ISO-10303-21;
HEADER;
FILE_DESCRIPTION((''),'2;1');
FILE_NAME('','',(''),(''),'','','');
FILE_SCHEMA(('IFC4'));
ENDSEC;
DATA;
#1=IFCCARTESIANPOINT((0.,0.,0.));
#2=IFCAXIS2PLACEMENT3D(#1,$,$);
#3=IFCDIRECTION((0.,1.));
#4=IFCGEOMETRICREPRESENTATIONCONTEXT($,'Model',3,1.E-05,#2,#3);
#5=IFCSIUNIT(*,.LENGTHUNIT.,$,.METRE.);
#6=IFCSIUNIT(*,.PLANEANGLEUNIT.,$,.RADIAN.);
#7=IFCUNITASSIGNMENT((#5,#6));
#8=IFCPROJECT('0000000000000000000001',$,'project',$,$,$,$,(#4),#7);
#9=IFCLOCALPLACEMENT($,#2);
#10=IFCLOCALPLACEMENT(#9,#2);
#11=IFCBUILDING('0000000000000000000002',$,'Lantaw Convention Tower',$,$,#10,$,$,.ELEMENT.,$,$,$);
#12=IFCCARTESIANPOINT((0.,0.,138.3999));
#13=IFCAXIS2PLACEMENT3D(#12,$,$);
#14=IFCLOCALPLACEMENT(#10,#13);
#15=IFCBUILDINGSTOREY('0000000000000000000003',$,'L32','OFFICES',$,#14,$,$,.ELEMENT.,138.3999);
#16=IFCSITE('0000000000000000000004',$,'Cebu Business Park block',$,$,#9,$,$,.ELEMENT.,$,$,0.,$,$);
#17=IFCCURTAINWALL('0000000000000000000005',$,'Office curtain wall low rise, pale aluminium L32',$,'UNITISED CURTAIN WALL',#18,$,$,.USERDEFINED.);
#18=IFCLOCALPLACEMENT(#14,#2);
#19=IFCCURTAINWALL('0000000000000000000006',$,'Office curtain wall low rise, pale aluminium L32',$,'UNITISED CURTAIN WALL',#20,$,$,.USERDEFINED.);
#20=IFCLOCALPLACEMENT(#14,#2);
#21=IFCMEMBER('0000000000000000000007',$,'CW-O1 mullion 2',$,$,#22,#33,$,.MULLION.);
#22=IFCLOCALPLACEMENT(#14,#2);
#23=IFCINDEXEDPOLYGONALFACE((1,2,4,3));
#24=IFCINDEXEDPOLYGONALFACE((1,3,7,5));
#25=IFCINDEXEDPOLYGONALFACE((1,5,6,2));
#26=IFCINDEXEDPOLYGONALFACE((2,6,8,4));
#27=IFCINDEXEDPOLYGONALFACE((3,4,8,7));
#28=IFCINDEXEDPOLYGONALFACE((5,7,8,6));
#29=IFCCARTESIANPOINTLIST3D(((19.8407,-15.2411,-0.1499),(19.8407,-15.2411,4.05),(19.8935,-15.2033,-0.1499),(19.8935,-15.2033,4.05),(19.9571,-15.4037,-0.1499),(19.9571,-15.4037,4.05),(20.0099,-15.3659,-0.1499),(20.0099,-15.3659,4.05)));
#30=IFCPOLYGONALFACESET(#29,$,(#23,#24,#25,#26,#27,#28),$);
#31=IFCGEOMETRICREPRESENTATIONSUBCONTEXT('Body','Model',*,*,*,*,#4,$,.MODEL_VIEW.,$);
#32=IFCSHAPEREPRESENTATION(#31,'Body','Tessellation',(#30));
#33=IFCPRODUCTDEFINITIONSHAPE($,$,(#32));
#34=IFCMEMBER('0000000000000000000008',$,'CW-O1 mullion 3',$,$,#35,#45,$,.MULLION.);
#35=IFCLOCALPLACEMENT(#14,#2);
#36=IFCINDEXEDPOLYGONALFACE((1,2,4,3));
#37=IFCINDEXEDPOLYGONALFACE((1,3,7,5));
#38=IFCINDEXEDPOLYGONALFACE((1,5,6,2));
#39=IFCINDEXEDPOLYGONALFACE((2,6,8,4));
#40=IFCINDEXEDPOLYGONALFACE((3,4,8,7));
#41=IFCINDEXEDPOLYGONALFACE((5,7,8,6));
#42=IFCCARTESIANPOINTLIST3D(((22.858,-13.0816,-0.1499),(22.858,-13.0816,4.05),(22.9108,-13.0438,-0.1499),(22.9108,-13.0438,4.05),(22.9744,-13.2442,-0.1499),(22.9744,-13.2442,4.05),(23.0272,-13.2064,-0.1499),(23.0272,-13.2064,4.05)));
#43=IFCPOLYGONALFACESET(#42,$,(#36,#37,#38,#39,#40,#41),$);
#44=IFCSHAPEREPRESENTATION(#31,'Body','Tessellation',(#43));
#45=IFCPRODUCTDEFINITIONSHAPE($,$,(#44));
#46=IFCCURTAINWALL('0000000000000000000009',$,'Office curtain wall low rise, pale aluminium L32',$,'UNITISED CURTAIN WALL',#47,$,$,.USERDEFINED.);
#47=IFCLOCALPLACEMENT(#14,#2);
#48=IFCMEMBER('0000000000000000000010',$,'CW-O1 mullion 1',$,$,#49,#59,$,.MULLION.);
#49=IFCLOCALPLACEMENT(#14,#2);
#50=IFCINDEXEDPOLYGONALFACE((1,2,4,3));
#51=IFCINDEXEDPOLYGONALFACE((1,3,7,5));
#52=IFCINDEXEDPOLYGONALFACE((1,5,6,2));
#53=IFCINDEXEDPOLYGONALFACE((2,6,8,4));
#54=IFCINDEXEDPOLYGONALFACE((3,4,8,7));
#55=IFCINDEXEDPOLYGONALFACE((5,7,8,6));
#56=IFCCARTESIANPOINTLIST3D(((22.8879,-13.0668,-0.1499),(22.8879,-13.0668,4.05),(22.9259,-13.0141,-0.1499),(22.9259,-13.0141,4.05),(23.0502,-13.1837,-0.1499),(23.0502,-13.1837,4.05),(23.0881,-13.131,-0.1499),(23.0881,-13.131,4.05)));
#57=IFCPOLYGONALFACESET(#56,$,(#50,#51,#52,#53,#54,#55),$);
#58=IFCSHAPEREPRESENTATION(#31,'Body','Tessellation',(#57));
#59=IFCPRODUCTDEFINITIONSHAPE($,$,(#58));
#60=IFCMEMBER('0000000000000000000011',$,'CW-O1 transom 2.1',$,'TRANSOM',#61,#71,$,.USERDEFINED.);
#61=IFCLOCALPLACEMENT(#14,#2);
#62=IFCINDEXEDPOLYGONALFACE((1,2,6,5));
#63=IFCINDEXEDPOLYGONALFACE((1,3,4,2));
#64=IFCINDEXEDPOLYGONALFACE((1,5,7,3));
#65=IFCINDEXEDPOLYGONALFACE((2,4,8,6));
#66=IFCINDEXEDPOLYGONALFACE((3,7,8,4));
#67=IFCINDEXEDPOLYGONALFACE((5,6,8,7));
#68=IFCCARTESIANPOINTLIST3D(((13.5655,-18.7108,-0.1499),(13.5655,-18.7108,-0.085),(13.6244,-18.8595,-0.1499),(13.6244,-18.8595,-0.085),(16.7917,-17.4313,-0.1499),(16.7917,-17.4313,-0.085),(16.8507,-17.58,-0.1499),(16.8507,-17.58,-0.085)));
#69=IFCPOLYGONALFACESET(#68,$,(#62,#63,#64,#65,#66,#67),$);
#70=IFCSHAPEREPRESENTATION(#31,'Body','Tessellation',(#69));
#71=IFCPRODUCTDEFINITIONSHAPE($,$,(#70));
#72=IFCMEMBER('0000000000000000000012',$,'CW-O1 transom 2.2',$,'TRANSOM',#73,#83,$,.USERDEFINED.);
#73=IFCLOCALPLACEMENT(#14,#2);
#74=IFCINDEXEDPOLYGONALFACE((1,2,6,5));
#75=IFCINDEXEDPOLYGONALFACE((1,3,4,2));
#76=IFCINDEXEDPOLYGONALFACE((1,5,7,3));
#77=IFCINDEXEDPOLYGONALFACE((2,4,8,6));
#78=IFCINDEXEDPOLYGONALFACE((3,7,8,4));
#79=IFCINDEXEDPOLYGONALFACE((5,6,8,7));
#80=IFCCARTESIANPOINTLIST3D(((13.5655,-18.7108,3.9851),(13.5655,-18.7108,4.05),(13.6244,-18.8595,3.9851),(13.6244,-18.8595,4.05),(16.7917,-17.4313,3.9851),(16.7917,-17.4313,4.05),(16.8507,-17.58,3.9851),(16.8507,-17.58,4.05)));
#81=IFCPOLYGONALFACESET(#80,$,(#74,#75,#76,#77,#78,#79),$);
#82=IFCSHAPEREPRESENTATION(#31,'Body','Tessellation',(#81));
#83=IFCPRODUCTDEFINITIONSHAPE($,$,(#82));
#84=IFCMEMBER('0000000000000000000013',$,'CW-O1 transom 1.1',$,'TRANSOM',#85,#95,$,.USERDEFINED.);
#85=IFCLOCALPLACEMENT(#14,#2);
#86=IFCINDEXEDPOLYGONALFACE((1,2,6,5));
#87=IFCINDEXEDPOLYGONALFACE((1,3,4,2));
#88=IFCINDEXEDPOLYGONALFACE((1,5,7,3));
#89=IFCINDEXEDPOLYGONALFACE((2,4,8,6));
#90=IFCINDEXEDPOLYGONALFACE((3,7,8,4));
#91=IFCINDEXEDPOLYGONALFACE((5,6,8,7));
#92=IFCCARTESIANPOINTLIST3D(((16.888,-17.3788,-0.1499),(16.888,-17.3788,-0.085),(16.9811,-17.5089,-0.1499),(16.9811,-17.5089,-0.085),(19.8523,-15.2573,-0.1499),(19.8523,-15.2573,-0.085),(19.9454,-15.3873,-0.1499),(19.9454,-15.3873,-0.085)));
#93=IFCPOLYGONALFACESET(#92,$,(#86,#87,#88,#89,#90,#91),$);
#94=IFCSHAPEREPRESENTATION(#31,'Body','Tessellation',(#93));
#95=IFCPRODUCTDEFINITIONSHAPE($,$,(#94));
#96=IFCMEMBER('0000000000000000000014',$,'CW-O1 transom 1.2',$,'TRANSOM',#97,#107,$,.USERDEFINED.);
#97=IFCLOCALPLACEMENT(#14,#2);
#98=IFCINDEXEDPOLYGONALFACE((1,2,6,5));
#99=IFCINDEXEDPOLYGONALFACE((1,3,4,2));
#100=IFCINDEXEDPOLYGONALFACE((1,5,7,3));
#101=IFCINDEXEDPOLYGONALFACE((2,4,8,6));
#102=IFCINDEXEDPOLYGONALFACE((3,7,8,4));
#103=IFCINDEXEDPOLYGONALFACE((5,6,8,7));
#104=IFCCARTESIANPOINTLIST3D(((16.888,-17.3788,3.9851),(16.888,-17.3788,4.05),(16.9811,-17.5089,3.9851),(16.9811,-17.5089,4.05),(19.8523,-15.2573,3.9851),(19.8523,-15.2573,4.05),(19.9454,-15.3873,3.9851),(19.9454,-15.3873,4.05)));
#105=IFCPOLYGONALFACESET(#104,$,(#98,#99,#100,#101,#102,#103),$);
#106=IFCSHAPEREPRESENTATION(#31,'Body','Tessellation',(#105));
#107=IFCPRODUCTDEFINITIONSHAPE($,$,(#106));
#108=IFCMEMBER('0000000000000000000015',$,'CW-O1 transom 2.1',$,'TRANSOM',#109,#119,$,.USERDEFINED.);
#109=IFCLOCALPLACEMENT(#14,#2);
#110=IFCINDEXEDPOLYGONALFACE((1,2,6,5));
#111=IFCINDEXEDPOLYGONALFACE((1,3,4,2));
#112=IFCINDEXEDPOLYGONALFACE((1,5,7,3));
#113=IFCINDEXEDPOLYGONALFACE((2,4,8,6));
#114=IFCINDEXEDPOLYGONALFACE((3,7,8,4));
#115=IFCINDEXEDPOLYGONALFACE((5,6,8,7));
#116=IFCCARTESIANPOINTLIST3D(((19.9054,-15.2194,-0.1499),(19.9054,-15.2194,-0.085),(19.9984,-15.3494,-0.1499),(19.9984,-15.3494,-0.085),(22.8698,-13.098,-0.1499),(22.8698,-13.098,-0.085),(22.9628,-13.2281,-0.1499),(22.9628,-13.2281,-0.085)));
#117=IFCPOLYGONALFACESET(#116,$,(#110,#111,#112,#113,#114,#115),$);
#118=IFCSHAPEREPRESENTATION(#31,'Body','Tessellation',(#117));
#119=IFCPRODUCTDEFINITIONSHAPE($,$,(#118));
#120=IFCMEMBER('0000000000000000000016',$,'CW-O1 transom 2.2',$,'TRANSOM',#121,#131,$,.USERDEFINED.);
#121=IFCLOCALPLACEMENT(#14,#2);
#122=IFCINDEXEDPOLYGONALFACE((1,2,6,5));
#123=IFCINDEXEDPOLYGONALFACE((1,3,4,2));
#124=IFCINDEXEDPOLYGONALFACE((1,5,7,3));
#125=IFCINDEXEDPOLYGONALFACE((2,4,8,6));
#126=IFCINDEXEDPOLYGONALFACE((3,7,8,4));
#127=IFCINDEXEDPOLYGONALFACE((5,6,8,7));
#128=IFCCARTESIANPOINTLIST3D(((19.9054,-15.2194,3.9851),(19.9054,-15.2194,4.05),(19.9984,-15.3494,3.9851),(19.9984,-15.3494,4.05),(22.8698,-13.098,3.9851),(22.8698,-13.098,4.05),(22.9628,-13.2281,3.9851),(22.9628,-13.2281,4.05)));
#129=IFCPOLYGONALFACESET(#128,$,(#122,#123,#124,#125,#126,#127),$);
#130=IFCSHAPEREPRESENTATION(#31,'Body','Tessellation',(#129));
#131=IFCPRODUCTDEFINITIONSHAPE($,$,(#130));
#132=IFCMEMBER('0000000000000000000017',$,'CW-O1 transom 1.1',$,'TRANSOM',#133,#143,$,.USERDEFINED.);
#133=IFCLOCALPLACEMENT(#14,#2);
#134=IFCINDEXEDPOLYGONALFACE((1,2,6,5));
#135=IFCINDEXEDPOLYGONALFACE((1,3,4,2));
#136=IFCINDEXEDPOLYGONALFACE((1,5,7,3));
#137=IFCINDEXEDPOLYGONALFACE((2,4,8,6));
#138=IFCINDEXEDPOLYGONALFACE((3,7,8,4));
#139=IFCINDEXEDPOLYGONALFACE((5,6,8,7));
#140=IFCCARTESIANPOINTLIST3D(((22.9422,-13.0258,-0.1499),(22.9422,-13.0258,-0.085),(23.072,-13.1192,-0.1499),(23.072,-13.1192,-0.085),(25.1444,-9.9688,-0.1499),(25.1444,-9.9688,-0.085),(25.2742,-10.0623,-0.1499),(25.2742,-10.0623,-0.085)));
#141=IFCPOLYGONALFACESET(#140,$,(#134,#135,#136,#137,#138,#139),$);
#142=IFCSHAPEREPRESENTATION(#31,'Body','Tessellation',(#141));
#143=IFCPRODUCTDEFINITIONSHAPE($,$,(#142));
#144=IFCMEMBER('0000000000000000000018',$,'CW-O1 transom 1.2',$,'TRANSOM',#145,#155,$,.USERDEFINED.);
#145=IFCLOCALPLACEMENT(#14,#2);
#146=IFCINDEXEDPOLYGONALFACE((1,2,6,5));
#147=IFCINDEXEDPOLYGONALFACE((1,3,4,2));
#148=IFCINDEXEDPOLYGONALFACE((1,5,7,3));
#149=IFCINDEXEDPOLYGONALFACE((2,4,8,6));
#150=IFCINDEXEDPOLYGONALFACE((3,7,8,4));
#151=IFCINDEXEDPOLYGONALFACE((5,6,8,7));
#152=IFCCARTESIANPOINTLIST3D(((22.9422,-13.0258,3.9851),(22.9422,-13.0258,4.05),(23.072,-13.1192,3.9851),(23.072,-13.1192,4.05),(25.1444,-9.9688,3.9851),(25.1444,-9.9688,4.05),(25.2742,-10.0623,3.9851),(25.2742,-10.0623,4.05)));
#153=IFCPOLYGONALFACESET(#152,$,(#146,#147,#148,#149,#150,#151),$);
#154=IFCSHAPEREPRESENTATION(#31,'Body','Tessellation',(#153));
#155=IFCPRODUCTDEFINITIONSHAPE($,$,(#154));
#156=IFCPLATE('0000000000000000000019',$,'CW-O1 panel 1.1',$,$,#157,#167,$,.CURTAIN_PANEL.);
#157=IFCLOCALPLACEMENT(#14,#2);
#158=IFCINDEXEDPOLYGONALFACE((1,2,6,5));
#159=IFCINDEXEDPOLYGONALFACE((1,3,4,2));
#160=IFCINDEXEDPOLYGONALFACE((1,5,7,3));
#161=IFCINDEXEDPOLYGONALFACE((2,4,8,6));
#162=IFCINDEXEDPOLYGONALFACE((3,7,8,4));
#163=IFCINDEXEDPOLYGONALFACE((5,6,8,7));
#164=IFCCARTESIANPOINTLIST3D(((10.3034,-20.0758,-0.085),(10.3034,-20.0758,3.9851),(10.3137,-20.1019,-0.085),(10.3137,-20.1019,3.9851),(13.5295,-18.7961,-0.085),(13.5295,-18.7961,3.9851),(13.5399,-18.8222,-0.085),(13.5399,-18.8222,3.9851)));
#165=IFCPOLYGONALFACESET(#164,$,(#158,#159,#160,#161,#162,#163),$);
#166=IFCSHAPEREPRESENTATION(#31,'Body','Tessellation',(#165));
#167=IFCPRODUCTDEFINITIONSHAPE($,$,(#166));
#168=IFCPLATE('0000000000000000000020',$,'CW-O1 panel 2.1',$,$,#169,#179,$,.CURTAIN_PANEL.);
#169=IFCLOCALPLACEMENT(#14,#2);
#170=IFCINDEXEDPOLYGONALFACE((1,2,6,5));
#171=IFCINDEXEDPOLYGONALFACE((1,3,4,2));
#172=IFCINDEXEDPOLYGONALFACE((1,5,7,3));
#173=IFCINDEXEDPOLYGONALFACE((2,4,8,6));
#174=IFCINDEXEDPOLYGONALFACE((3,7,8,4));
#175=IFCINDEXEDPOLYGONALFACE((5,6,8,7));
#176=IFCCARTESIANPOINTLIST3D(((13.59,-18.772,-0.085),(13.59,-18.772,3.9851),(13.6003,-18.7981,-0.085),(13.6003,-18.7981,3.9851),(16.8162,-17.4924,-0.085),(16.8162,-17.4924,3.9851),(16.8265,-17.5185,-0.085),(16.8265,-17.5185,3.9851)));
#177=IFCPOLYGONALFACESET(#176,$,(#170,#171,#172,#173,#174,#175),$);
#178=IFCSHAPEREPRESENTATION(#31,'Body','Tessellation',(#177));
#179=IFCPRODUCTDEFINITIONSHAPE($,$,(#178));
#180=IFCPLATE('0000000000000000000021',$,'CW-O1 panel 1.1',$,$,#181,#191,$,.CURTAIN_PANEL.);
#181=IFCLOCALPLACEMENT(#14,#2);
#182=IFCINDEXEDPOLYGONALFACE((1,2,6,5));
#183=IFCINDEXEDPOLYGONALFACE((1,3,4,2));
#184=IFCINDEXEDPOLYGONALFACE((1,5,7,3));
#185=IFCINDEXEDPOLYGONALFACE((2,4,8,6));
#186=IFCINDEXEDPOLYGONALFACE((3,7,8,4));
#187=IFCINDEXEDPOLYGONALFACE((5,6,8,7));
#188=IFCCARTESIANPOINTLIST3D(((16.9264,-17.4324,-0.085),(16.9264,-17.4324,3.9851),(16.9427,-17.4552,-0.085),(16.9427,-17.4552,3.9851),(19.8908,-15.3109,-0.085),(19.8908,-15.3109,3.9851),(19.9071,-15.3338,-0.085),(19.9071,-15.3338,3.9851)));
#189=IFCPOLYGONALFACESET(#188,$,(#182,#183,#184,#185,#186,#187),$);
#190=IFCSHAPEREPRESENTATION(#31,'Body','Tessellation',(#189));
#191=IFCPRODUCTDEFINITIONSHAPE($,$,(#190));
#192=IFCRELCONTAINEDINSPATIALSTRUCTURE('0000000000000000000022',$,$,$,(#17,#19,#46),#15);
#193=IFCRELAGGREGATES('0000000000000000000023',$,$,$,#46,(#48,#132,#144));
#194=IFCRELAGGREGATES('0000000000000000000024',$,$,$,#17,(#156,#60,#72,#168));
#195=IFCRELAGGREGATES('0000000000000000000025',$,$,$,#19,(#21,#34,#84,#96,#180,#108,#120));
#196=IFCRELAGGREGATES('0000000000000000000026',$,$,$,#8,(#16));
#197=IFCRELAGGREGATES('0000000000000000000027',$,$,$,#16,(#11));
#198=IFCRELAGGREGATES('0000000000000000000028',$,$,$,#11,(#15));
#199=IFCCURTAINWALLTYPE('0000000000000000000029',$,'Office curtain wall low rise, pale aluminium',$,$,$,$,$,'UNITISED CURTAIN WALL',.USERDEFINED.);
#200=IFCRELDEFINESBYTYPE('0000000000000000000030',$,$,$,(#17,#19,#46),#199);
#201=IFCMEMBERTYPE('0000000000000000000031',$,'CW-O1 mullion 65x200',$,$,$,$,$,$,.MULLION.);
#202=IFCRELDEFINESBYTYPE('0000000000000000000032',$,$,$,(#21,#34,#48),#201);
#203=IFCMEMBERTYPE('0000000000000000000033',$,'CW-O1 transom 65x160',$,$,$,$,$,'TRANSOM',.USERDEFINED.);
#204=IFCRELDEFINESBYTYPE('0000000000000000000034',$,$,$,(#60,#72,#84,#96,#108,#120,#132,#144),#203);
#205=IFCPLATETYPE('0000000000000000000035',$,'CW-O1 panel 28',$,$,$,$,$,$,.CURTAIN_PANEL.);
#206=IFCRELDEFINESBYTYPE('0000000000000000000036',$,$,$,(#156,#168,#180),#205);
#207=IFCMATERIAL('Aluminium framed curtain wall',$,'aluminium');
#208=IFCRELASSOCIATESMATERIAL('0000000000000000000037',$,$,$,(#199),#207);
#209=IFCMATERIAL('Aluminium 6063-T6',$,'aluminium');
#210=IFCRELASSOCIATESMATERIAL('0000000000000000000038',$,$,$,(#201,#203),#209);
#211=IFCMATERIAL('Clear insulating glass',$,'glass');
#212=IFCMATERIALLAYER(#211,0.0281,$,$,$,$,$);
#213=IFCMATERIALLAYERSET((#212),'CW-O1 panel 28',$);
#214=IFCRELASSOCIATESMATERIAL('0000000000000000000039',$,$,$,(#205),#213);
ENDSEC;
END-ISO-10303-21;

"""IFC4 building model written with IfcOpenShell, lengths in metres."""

from ifc_helpers import new_model, si_unit, direction, frame, origin, origin_2d, place, context, subcontext, project, spatial, rectangle, extrude, material, layer, layer_set, material_profile, profile_set, type_object, element, aggregate, save


model = new_model("IFC4")

# Units and contexts
model_context = context("Model", 3, precision=1e-05, world=origin(), true_north=direction((0.0, 1.0)))
body_context = subcontext(model_context, "Body", "Model", "MODEL_VIEW")
ifc_project = project(units=[si_unit("LENGTHUNIT", "METRE"), si_unit("PLANEANGLEUNIT", "RADIAN")], contexts=[model_context])

# Site, building, storey
site_placement = place(None, origin())
site = spatial("IfcSite", under=ifc_project, at=site_placement, Name="Cebu Business Park block", CompositionType="ELEMENT", RefElevation=0.0)
building_placement = place(site_placement, origin())
building = spatial("IfcBuilding", under=site, at=building_placement, Name="Lantaw Convention Tower", CompositionType="ELEMENT")
storey_placement = place(building_placement, frame((0.0, 0.0, 138.3999)))
storey = spatial("IfcBuildingStorey", under=building, at=storey_placement, Name="L32", Description="OFFICES", CompositionType="ELEMENT", Elevation=138.3999)

# Curtain walls, members
ifc_material_1 = material(Name="Aluminium framed curtain wall", Category="aluminium")
curtain_wall_type = type_object("IfcCurtainWallType", Name="Office curtain wall low rise, pale aluminium", ElementType="UNITISED CURTAIN WALL", PredefinedType="USERDEFINED", material=ifc_material_1)
curtain_wall_1_placement = place(storey_placement, origin())
curtain_wall_1 = element("IfcCurtainWall", 1, at=curtain_wall_1_placement, inside=storey, type_object=curtain_wall_type, Name="Office curtain wall low rise, pale aluminium L32", ObjectType="UNITISED CURTAIN WALL", PredefinedType="USERDEFINED")
ifc_material_2 = material(Name="Aluminium 6063-T6", Category="aluminium")
ifc_material_profile_1 = material_profile(ifc_material_2, rectangle(XDim=0.2, YDim=0.0649, at=origin_2d()), Name="CW-O1 mullion 65x200")
ifc_profile_set_1 = profile_set([ifc_material_profile_1], Name="Aluminium 6063-T6")
member_type_1 = type_object("IfcMemberType", Name="CW-O1 mullion 65x200", PredefinedType="MULLION", material=ifc_profile_set_1)
curtain_wall_2_placement = place(storey_placement, origin())
curtain_wall_2 = element("IfcCurtainWall", 2, at=curtain_wall_2_placement, inside=storey, type_object=curtain_wall_type, Name="Office curtain wall low rise, pale aluminium L32", ObjectType="UNITISED CURTAIN WALL", PredefinedType="USERDEFINED")
member_1_placement = place(storey_placement, frame((19.9253, -15.3035, -0.1499), z_axis=(0.0, 0.0, 1.0), x_axis=(-0.581973, 0.813208, 0.0)))
member_1 = element("IfcMember", 3, at=member_1_placement, type_object=member_type_1, Name="CW-O1 mullion 2", PredefinedType="MULLION", context=body_context, shape_type="SweptSolid", body=[
    extrude(rectangle(XDim=0.2, YDim=0.0649, at=origin_2d()), origin(), (0.0, 0.0, 1.0), 4.2),
])
member_2_placement = place(storey_placement, frame((22.9426, -13.144, -0.1499), z_axis=(0.0, 0.0, 1.0), x_axis=(-0.581973, 0.813208, 0.0)))
member_2 = element("IfcMember", 4, at=member_2_placement, type_object=member_type_1, Name="CW-O1 mullion 3", PredefinedType="MULLION", context=body_context, shape_type="SweptSolid", body=[
    extrude(rectangle(XDim=0.2, YDim=0.0649, at=origin_2d()), origin(), (0.0, 0.0, 1.0), 4.2),
])

# Curtain wall, member
curtain_wall_3_placement = place(storey_placement, origin())
curtain_wall_3 = element("IfcCurtainWall", 5, at=curtain_wall_3_placement, inside=storey, type_object=curtain_wall_type, Name="Office curtain wall low rise, pale aluminium L32", ObjectType="UNITISED CURTAIN WALL", PredefinedType="USERDEFINED")
member_3_placement = place(storey_placement, frame((22.988, -13.0989, -0.1499), z_axis=(0.0, 0.0, 1.0), x_axis=(-0.811385, 0.584513, 0.0)))
member_3 = element("IfcMember", 6, at=member_3_placement, type_object=member_type_1, Name="CW-O1 mullion 1", PredefinedType="MULLION", context=body_context, shape_type="SweptSolid", body=[
    extrude(rectangle(XDim=0.2, YDim=0.0649, at=origin_2d()), origin(), (0.0, 0.0, 1.0), 4.2),
])

# Members
ifc_material_profile_2 = material_profile(ifc_material_2, rectangle(XDim=0.1599, YDim=0.0649, at=origin_2d()), Name="CW-O1 transom 65x160")
ifc_profile_set_2 = profile_set([ifc_material_profile_2], Name="Aluminium 6063-T6")
member_type_2 = type_object("IfcMemberType", Name="CW-O1 transom 65x160", ElementType="TRANSOM", PredefinedType="USERDEFINED", material=ifc_profile_set_2)
member_4_placement = place(storey_placement, frame((13.595, -18.7852, -0.1174), z_axis=(0.929564, 0.36866, 0.0), x_axis=(-0.36866, 0.929564, 0.0)))
member_4 = element("IfcMember", 7, at=member_4_placement, type_object=member_type_2, Name="CW-O1 transom 2.1", ObjectType="TRANSOM", PredefinedType="USERDEFINED", context=body_context, shape_type="SweptSolid", body=[
    extrude(rectangle(XDim=0.1599, YDim=0.0649, at=origin_2d()), origin(), (0.0, 0.0, 1.0), 3.4707),
])
member_5_placement = place(storey_placement, frame((13.595, -18.7852, 4.0176), z_axis=(0.929564, 0.36866, 0.0), x_axis=(-0.36866, 0.929564, 0.0)))
member_5 = element("IfcMember", 8, at=member_5_placement, type_object=member_type_2, Name="CW-O1 transom 2.2", ObjectType="TRANSOM", PredefinedType="USERDEFINED", context=body_context, shape_type="SweptSolid", body=[
    extrude(rectangle(XDim=0.1599, YDim=0.0649, at=origin_2d()), origin(), (0.0, 0.0, 1.0), 3.4707),
])
member_6_placement = place(storey_placement, frame((16.9346, -17.4438, -0.1174), z_axis=(0.81319, 0.581998, 0.0), x_axis=(-0.581998, 0.81319, 0.0)))
member_6 = element("IfcMember", 9, at=member_6_placement, type_object=member_type_2, Name="CW-O1 transom 1.1", ObjectType="TRANSOM", PredefinedType="USERDEFINED", context=body_context, shape_type="SweptSolid", body=[
    extrude(rectangle(XDim=0.1599, YDim=0.0649, at=origin_2d()), origin(), (0.0, 0.0, 1.0), 3.6453),
])
member_7_placement = place(storey_placement, frame((16.9346, -17.4438, 4.0176), z_axis=(0.81319, 0.581998, 0.0), x_axis=(-0.581998, 0.81319, 0.0)))
member_7 = element("IfcMember", 10, at=member_7_placement, type_object=member_type_2, Name="CW-O1 transom 1.2", ObjectType="TRANSOM", PredefinedType="USERDEFINED", context=body_context, shape_type="SweptSolid", body=[
    extrude(rectangle(XDim=0.1599, YDim=0.0649, at=origin_2d()), origin(), (0.0, 0.0, 1.0), 3.6453),
])
member_8_placement = place(storey_placement, frame((19.9519, -15.2844, -0.1174), z_axis=(0.813222, 0.581954, 0.0), x_axis=(-0.581954, 0.813222, 0.0)))
member_8 = element("IfcMember", 11, at=member_8_placement, type_object=member_type_2, Name="CW-O1 transom 2.1", ObjectType="TRANSOM", PredefinedType="USERDEFINED", context=body_context, shape_type="SweptSolid", body=[
    extrude(rectangle(XDim=0.1599, YDim=0.0649, at=origin_2d()), origin(), (0.0, 0.0, 1.0), 3.6453),
])
member_9_placement = place(storey_placement, frame((19.9519, -15.2844, 4.0176), z_axis=(0.813222, 0.581954, 0.0), x_axis=(-0.581954, 0.813222, 0.0)))
member_9 = element("IfcMember", 12, at=member_9_placement, type_object=member_type_2, Name="CW-O1 transom 2.2", ObjectType="TRANSOM", PredefinedType="USERDEFINED", context=body_context, shape_type="SweptSolid", body=[
    extrude(rectangle(XDim=0.1599, YDim=0.0649, at=origin_2d()), origin(), (0.0, 0.0, 1.0), 3.6453),
])
member_10_placement = place(storey_placement, frame((23.0071, -13.0725, -0.1174), z_axis=(0.584513, 0.811384, 0.0), x_axis=(-0.811384, 0.584513, 0.0)))
member_10 = element("IfcMember", 13, at=member_10_placement, type_object=member_type_2, Name="CW-O1 transom 1.1", ObjectType="TRANSOM", PredefinedType="USERDEFINED", context=body_context, shape_type="SweptSolid", body=[
    extrude(rectangle(XDim=0.1599, YDim=0.0649, at=origin_2d()), origin(), (0.0, 0.0, 1.0), 3.7676),
])
member_11_placement = place(storey_placement, frame((23.0071, -13.0725, 4.0176), z_axis=(0.584513, 0.811384, 0.0), x_axis=(-0.811384, 0.584513, 0.0)))
member_11 = element("IfcMember", 14, at=member_11_placement, type_object=member_type_2, Name="CW-O1 transom 1.2", ObjectType="TRANSOM", PredefinedType="USERDEFINED", context=body_context, shape_type="SweptSolid", body=[
    extrude(rectangle(XDim=0.1599, YDim=0.0649, at=origin_2d()), origin(), (0.0, 0.0, 1.0), 3.7676),
])
aggregate(curtain_wall_3, [member_3, member_10, member_11])

# Plates
ifc_material_3 = material(Name="Clear insulating glass", Category="glass")
ifc_layer_1 = layer(ifc_material_3, 0.0281)
ifc_layer_set_1 = layer_set([ifc_layer_1], Name="CW-O1 panel 28")
plate_type_1 = type_object("IfcPlateType", Name="CW-O1 panel 28", PredefinedType="CURTAIN_PANEL", material=ifc_layer_set_1)
plate_1_placement = place(storey_placement, frame((11.9216, -19.449, -0.085), z_axis=(0.0, 0.0, 1.0), x_axis=(0.929548, 0.368702, 0.0)))
plate_1 = element("IfcPlate", 15, at=plate_1_placement, type_object=plate_type_1, Name="CW-O1 panel 1.1", PredefinedType="CURTAIN_PANEL", context=body_context, shape_type="SweptSolid", body=[
    extrude(rectangle(XDim=3.4707, YDim=0.0281, at=origin_2d()), origin(), (0.0, 0.0, 1.0), 4.0701),
])
plate_2_placement = place(storey_placement, frame((15.2083, -18.1453, -0.085), z_axis=(0.0, 0.0, 1.0), x_axis=(0.929548, 0.368702, 0.0)))
plate_2 = element("IfcPlate", 16, at=plate_2_placement, type_object=plate_type_1, Name="CW-O1 panel 2.1", PredefinedType="CURTAIN_PANEL", context=body_context, shape_type="SweptSolid", body=[
    extrude(rectangle(XDim=3.4707, YDim=0.0281, at=origin_2d()), origin(), (0.0, 0.0, 1.0), 4.0701),
])
aggregate(curtain_wall_1, [plate_1, member_4, member_5, plate_2])
plate_3_placement = place(storey_placement, frame((18.4167, -16.3831, -0.085), z_axis=(0.0, 0.0, 1.0), x_axis=(0.813208, 0.581973, 0.0)))
plate_3 = element("IfcPlate", 17, at=plate_3_placement, type_object=plate_type_1, Name="CW-O1 panel 1.1", PredefinedType="CURTAIN_PANEL", context=body_context, shape_type="SweptSolid", body=[
    extrude(rectangle(XDim=3.6453, YDim=0.0281, at=origin_2d()), origin(), (0.0, 0.0, 1.0), 4.0701),
])
aggregate(curtain_wall_2, [member_1, member_2, member_6, member_7, plate_3, member_8, member_9])

save(model, "model.ifc")
